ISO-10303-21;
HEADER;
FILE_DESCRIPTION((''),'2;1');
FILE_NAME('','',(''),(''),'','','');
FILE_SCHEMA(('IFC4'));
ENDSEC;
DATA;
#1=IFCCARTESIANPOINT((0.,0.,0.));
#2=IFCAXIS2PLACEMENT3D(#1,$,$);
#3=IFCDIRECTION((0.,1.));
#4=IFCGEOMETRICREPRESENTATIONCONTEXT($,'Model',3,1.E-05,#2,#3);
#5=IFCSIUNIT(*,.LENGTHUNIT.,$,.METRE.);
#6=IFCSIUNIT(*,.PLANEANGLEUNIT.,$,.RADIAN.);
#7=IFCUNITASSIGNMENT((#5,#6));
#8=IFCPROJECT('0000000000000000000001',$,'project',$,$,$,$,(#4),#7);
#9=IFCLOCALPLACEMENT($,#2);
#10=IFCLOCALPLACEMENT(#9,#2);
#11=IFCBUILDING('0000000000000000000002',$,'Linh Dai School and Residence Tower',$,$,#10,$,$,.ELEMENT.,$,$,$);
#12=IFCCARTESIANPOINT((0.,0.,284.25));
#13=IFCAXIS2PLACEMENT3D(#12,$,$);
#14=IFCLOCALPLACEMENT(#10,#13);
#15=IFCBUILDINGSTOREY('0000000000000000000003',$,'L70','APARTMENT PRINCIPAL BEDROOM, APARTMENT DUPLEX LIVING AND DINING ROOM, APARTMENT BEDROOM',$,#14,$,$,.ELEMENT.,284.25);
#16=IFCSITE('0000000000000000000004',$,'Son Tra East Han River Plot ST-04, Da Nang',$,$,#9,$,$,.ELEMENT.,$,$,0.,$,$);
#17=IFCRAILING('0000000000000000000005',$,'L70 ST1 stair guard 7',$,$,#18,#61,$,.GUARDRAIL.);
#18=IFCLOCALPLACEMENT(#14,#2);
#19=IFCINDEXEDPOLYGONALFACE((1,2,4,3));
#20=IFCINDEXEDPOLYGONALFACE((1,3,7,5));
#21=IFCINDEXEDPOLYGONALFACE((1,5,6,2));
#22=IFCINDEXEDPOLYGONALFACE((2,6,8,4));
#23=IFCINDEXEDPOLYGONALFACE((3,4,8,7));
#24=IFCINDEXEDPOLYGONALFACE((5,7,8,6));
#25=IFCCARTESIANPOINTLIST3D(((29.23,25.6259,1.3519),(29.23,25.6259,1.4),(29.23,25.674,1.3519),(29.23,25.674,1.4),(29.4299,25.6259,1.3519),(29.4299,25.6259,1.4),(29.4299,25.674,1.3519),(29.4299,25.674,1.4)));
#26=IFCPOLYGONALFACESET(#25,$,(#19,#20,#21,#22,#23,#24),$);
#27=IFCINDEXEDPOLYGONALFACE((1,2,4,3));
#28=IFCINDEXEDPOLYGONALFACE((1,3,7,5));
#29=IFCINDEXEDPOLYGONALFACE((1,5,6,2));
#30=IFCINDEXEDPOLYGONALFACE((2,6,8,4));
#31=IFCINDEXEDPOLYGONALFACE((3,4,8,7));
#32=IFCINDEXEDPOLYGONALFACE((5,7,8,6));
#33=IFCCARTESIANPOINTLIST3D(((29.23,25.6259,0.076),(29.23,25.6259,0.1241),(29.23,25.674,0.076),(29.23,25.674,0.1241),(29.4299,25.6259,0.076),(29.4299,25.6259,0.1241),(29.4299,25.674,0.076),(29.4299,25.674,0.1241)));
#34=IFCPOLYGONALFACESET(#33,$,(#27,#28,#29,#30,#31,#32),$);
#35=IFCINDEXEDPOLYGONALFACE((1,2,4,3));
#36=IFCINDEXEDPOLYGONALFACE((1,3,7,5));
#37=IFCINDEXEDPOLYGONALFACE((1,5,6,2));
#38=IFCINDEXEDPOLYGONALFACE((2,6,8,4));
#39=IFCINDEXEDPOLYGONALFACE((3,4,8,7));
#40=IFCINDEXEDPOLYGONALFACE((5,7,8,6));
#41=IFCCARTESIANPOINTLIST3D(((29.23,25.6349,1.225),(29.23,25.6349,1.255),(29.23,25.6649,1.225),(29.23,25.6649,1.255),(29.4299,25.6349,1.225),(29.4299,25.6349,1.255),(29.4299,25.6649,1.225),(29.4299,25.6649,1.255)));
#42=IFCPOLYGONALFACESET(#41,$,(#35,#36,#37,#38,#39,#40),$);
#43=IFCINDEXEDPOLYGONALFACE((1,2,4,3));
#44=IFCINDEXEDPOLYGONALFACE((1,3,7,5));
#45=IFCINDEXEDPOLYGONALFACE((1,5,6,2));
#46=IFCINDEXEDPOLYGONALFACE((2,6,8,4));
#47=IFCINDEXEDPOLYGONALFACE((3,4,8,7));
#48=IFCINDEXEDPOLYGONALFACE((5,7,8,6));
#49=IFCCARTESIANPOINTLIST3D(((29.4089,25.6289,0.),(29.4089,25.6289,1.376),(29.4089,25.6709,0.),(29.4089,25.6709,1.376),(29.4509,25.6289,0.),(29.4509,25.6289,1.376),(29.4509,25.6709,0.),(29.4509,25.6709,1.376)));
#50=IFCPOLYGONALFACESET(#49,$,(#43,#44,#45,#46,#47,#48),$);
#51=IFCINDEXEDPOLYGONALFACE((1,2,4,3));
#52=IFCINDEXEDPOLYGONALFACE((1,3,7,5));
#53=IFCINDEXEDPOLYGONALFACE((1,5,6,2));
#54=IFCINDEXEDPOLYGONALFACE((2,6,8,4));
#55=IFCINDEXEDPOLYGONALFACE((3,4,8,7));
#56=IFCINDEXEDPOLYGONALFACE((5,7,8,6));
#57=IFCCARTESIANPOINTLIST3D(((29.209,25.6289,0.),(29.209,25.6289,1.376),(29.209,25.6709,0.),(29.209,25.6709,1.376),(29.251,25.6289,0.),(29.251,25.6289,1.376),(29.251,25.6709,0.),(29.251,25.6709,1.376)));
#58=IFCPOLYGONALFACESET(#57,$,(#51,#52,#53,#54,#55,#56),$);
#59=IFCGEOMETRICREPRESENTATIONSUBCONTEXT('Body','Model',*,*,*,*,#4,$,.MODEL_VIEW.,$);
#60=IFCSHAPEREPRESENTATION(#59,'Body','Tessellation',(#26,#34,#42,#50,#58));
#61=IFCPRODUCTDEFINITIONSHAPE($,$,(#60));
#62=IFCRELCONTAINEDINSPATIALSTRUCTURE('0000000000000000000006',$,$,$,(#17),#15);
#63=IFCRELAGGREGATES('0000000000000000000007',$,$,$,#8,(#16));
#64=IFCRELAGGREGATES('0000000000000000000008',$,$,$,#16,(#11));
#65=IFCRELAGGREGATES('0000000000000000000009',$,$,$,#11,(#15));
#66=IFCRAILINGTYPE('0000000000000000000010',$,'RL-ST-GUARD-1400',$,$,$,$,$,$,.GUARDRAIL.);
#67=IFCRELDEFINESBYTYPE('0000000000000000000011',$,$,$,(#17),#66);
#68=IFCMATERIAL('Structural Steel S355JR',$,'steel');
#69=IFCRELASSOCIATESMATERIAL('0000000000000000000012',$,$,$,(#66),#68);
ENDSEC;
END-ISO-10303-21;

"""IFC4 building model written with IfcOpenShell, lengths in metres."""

from ifc_helpers import new_model, si_unit, direction, frame, origin, origin_2d, place, context, subcontext, project, spatial, rectangle, extrude, source, transform, mapped, material, type_object, element, save


model = new_model("IFC4")

# Units and contexts
model_context = context("Model", 3, precision=1e-05, world=origin(), true_north=direction((0.0, 1.0)))
body_context = subcontext(model_context, "Body", "Model", "MODEL_VIEW")
ifc_project = project(units=[si_unit("LENGTHUNIT", "METRE"), si_unit("PLANEANGLEUNIT", "RADIAN")], contexts=[model_context])

# Site, building, storey
site_placement = place(None, origin())
site = spatial("IfcSite", under=ifc_project, at=site_placement, Name="Son Tra East Han River Plot ST-04, Da Nang", CompositionType="ELEMENT", RefElevation=0.0)
building_placement = place(site_placement, origin())
building = spatial("IfcBuilding", under=site, at=building_placement, Name="Linh Dai School and Residence Tower", CompositionType="ELEMENT")
storey_placement = place(building_placement, frame((0.0, 0.0, 284.25)))
storey = spatial("IfcBuildingStorey", under=building, at=storey_placement, Name="L70", Description="APARTMENT PRINCIPAL BEDROOM, APARTMENT DUPLEX LIVING AND DINING ROOM, APARTMENT BEDROOM", CompositionType="ELEMENT", Elevation=284.25)

# Shared definitions
ifc_material_1 = material(Name="Structural Steel S355JR", Category="steel")

# Railing
railing_type_1 = type_object("IfcRailingType", Name="RL-ST-GUARD-1400", PredefinedType="GUARDRAIL", material=ifc_material_1)
shared_shape_1 = source(origin(), body_context, "Body", "SweptSolid", [
    extrude(rectangle(XDim=0.0481, YDim=0.0481, at=origin_2d()), frame((0.0, 0.0, 1.376), z_axis=(-1.0, 0.0, 0.0), x_axis=(0.0, -1.0, 0.0)), (0.0, 0.0, 1.0), 0.2),
    extrude(rectangle(XDim=0.0481, YDim=0.0481, at=origin_2d()), frame((0.0, 0.0, 0.1001), z_axis=(-1.0, 0.0, 0.0), x_axis=(0.0, -1.0, 0.0)), (0.0, 0.0, 1.0), 0.2),
    extrude(rectangle(XDim=0.03, YDim=0.03, at=origin_2d()), frame((0.0, 0.0, 1.24), z_axis=(-1.0, 0.0, 0.0), x_axis=(0.0, -1.0, 0.0)), (0.0, 0.0, 1.0), 0.2),
    extrude(rectangle(XDim=0.042, YDim=0.042, at=origin_2d()), origin(), (0.0, 0.0, 1.0), 1.376),
    extrude(rectangle(XDim=0.042, YDim=0.042, at=origin_2d()), frame((-0.2, 0.0, 0.0)), (0.0, 0.0, 1.0), 1.376),
])
railing_1_placement = place(storey_placement, frame((29.4299, 25.6499, 0.0)))
element("IfcRailing", 1, at=railing_1_placement, inside=storey, type_object=railing_type_1, Name="L70 ST1 stair guard 7", PredefinedType="GUARDRAIL", context=body_context, shape_type="MappedRepresentation", body=[
    mapped(shared_shape_1, transform((0.0, 0.0, 0.0), x_axis=(1.0, 0.0, 0.0), y_axis=(0.0, 1.0, 0.0), z_axis=(0.0, 0.0, 1.0), scale=1.0)),
])

save(model, "model.ifc")
